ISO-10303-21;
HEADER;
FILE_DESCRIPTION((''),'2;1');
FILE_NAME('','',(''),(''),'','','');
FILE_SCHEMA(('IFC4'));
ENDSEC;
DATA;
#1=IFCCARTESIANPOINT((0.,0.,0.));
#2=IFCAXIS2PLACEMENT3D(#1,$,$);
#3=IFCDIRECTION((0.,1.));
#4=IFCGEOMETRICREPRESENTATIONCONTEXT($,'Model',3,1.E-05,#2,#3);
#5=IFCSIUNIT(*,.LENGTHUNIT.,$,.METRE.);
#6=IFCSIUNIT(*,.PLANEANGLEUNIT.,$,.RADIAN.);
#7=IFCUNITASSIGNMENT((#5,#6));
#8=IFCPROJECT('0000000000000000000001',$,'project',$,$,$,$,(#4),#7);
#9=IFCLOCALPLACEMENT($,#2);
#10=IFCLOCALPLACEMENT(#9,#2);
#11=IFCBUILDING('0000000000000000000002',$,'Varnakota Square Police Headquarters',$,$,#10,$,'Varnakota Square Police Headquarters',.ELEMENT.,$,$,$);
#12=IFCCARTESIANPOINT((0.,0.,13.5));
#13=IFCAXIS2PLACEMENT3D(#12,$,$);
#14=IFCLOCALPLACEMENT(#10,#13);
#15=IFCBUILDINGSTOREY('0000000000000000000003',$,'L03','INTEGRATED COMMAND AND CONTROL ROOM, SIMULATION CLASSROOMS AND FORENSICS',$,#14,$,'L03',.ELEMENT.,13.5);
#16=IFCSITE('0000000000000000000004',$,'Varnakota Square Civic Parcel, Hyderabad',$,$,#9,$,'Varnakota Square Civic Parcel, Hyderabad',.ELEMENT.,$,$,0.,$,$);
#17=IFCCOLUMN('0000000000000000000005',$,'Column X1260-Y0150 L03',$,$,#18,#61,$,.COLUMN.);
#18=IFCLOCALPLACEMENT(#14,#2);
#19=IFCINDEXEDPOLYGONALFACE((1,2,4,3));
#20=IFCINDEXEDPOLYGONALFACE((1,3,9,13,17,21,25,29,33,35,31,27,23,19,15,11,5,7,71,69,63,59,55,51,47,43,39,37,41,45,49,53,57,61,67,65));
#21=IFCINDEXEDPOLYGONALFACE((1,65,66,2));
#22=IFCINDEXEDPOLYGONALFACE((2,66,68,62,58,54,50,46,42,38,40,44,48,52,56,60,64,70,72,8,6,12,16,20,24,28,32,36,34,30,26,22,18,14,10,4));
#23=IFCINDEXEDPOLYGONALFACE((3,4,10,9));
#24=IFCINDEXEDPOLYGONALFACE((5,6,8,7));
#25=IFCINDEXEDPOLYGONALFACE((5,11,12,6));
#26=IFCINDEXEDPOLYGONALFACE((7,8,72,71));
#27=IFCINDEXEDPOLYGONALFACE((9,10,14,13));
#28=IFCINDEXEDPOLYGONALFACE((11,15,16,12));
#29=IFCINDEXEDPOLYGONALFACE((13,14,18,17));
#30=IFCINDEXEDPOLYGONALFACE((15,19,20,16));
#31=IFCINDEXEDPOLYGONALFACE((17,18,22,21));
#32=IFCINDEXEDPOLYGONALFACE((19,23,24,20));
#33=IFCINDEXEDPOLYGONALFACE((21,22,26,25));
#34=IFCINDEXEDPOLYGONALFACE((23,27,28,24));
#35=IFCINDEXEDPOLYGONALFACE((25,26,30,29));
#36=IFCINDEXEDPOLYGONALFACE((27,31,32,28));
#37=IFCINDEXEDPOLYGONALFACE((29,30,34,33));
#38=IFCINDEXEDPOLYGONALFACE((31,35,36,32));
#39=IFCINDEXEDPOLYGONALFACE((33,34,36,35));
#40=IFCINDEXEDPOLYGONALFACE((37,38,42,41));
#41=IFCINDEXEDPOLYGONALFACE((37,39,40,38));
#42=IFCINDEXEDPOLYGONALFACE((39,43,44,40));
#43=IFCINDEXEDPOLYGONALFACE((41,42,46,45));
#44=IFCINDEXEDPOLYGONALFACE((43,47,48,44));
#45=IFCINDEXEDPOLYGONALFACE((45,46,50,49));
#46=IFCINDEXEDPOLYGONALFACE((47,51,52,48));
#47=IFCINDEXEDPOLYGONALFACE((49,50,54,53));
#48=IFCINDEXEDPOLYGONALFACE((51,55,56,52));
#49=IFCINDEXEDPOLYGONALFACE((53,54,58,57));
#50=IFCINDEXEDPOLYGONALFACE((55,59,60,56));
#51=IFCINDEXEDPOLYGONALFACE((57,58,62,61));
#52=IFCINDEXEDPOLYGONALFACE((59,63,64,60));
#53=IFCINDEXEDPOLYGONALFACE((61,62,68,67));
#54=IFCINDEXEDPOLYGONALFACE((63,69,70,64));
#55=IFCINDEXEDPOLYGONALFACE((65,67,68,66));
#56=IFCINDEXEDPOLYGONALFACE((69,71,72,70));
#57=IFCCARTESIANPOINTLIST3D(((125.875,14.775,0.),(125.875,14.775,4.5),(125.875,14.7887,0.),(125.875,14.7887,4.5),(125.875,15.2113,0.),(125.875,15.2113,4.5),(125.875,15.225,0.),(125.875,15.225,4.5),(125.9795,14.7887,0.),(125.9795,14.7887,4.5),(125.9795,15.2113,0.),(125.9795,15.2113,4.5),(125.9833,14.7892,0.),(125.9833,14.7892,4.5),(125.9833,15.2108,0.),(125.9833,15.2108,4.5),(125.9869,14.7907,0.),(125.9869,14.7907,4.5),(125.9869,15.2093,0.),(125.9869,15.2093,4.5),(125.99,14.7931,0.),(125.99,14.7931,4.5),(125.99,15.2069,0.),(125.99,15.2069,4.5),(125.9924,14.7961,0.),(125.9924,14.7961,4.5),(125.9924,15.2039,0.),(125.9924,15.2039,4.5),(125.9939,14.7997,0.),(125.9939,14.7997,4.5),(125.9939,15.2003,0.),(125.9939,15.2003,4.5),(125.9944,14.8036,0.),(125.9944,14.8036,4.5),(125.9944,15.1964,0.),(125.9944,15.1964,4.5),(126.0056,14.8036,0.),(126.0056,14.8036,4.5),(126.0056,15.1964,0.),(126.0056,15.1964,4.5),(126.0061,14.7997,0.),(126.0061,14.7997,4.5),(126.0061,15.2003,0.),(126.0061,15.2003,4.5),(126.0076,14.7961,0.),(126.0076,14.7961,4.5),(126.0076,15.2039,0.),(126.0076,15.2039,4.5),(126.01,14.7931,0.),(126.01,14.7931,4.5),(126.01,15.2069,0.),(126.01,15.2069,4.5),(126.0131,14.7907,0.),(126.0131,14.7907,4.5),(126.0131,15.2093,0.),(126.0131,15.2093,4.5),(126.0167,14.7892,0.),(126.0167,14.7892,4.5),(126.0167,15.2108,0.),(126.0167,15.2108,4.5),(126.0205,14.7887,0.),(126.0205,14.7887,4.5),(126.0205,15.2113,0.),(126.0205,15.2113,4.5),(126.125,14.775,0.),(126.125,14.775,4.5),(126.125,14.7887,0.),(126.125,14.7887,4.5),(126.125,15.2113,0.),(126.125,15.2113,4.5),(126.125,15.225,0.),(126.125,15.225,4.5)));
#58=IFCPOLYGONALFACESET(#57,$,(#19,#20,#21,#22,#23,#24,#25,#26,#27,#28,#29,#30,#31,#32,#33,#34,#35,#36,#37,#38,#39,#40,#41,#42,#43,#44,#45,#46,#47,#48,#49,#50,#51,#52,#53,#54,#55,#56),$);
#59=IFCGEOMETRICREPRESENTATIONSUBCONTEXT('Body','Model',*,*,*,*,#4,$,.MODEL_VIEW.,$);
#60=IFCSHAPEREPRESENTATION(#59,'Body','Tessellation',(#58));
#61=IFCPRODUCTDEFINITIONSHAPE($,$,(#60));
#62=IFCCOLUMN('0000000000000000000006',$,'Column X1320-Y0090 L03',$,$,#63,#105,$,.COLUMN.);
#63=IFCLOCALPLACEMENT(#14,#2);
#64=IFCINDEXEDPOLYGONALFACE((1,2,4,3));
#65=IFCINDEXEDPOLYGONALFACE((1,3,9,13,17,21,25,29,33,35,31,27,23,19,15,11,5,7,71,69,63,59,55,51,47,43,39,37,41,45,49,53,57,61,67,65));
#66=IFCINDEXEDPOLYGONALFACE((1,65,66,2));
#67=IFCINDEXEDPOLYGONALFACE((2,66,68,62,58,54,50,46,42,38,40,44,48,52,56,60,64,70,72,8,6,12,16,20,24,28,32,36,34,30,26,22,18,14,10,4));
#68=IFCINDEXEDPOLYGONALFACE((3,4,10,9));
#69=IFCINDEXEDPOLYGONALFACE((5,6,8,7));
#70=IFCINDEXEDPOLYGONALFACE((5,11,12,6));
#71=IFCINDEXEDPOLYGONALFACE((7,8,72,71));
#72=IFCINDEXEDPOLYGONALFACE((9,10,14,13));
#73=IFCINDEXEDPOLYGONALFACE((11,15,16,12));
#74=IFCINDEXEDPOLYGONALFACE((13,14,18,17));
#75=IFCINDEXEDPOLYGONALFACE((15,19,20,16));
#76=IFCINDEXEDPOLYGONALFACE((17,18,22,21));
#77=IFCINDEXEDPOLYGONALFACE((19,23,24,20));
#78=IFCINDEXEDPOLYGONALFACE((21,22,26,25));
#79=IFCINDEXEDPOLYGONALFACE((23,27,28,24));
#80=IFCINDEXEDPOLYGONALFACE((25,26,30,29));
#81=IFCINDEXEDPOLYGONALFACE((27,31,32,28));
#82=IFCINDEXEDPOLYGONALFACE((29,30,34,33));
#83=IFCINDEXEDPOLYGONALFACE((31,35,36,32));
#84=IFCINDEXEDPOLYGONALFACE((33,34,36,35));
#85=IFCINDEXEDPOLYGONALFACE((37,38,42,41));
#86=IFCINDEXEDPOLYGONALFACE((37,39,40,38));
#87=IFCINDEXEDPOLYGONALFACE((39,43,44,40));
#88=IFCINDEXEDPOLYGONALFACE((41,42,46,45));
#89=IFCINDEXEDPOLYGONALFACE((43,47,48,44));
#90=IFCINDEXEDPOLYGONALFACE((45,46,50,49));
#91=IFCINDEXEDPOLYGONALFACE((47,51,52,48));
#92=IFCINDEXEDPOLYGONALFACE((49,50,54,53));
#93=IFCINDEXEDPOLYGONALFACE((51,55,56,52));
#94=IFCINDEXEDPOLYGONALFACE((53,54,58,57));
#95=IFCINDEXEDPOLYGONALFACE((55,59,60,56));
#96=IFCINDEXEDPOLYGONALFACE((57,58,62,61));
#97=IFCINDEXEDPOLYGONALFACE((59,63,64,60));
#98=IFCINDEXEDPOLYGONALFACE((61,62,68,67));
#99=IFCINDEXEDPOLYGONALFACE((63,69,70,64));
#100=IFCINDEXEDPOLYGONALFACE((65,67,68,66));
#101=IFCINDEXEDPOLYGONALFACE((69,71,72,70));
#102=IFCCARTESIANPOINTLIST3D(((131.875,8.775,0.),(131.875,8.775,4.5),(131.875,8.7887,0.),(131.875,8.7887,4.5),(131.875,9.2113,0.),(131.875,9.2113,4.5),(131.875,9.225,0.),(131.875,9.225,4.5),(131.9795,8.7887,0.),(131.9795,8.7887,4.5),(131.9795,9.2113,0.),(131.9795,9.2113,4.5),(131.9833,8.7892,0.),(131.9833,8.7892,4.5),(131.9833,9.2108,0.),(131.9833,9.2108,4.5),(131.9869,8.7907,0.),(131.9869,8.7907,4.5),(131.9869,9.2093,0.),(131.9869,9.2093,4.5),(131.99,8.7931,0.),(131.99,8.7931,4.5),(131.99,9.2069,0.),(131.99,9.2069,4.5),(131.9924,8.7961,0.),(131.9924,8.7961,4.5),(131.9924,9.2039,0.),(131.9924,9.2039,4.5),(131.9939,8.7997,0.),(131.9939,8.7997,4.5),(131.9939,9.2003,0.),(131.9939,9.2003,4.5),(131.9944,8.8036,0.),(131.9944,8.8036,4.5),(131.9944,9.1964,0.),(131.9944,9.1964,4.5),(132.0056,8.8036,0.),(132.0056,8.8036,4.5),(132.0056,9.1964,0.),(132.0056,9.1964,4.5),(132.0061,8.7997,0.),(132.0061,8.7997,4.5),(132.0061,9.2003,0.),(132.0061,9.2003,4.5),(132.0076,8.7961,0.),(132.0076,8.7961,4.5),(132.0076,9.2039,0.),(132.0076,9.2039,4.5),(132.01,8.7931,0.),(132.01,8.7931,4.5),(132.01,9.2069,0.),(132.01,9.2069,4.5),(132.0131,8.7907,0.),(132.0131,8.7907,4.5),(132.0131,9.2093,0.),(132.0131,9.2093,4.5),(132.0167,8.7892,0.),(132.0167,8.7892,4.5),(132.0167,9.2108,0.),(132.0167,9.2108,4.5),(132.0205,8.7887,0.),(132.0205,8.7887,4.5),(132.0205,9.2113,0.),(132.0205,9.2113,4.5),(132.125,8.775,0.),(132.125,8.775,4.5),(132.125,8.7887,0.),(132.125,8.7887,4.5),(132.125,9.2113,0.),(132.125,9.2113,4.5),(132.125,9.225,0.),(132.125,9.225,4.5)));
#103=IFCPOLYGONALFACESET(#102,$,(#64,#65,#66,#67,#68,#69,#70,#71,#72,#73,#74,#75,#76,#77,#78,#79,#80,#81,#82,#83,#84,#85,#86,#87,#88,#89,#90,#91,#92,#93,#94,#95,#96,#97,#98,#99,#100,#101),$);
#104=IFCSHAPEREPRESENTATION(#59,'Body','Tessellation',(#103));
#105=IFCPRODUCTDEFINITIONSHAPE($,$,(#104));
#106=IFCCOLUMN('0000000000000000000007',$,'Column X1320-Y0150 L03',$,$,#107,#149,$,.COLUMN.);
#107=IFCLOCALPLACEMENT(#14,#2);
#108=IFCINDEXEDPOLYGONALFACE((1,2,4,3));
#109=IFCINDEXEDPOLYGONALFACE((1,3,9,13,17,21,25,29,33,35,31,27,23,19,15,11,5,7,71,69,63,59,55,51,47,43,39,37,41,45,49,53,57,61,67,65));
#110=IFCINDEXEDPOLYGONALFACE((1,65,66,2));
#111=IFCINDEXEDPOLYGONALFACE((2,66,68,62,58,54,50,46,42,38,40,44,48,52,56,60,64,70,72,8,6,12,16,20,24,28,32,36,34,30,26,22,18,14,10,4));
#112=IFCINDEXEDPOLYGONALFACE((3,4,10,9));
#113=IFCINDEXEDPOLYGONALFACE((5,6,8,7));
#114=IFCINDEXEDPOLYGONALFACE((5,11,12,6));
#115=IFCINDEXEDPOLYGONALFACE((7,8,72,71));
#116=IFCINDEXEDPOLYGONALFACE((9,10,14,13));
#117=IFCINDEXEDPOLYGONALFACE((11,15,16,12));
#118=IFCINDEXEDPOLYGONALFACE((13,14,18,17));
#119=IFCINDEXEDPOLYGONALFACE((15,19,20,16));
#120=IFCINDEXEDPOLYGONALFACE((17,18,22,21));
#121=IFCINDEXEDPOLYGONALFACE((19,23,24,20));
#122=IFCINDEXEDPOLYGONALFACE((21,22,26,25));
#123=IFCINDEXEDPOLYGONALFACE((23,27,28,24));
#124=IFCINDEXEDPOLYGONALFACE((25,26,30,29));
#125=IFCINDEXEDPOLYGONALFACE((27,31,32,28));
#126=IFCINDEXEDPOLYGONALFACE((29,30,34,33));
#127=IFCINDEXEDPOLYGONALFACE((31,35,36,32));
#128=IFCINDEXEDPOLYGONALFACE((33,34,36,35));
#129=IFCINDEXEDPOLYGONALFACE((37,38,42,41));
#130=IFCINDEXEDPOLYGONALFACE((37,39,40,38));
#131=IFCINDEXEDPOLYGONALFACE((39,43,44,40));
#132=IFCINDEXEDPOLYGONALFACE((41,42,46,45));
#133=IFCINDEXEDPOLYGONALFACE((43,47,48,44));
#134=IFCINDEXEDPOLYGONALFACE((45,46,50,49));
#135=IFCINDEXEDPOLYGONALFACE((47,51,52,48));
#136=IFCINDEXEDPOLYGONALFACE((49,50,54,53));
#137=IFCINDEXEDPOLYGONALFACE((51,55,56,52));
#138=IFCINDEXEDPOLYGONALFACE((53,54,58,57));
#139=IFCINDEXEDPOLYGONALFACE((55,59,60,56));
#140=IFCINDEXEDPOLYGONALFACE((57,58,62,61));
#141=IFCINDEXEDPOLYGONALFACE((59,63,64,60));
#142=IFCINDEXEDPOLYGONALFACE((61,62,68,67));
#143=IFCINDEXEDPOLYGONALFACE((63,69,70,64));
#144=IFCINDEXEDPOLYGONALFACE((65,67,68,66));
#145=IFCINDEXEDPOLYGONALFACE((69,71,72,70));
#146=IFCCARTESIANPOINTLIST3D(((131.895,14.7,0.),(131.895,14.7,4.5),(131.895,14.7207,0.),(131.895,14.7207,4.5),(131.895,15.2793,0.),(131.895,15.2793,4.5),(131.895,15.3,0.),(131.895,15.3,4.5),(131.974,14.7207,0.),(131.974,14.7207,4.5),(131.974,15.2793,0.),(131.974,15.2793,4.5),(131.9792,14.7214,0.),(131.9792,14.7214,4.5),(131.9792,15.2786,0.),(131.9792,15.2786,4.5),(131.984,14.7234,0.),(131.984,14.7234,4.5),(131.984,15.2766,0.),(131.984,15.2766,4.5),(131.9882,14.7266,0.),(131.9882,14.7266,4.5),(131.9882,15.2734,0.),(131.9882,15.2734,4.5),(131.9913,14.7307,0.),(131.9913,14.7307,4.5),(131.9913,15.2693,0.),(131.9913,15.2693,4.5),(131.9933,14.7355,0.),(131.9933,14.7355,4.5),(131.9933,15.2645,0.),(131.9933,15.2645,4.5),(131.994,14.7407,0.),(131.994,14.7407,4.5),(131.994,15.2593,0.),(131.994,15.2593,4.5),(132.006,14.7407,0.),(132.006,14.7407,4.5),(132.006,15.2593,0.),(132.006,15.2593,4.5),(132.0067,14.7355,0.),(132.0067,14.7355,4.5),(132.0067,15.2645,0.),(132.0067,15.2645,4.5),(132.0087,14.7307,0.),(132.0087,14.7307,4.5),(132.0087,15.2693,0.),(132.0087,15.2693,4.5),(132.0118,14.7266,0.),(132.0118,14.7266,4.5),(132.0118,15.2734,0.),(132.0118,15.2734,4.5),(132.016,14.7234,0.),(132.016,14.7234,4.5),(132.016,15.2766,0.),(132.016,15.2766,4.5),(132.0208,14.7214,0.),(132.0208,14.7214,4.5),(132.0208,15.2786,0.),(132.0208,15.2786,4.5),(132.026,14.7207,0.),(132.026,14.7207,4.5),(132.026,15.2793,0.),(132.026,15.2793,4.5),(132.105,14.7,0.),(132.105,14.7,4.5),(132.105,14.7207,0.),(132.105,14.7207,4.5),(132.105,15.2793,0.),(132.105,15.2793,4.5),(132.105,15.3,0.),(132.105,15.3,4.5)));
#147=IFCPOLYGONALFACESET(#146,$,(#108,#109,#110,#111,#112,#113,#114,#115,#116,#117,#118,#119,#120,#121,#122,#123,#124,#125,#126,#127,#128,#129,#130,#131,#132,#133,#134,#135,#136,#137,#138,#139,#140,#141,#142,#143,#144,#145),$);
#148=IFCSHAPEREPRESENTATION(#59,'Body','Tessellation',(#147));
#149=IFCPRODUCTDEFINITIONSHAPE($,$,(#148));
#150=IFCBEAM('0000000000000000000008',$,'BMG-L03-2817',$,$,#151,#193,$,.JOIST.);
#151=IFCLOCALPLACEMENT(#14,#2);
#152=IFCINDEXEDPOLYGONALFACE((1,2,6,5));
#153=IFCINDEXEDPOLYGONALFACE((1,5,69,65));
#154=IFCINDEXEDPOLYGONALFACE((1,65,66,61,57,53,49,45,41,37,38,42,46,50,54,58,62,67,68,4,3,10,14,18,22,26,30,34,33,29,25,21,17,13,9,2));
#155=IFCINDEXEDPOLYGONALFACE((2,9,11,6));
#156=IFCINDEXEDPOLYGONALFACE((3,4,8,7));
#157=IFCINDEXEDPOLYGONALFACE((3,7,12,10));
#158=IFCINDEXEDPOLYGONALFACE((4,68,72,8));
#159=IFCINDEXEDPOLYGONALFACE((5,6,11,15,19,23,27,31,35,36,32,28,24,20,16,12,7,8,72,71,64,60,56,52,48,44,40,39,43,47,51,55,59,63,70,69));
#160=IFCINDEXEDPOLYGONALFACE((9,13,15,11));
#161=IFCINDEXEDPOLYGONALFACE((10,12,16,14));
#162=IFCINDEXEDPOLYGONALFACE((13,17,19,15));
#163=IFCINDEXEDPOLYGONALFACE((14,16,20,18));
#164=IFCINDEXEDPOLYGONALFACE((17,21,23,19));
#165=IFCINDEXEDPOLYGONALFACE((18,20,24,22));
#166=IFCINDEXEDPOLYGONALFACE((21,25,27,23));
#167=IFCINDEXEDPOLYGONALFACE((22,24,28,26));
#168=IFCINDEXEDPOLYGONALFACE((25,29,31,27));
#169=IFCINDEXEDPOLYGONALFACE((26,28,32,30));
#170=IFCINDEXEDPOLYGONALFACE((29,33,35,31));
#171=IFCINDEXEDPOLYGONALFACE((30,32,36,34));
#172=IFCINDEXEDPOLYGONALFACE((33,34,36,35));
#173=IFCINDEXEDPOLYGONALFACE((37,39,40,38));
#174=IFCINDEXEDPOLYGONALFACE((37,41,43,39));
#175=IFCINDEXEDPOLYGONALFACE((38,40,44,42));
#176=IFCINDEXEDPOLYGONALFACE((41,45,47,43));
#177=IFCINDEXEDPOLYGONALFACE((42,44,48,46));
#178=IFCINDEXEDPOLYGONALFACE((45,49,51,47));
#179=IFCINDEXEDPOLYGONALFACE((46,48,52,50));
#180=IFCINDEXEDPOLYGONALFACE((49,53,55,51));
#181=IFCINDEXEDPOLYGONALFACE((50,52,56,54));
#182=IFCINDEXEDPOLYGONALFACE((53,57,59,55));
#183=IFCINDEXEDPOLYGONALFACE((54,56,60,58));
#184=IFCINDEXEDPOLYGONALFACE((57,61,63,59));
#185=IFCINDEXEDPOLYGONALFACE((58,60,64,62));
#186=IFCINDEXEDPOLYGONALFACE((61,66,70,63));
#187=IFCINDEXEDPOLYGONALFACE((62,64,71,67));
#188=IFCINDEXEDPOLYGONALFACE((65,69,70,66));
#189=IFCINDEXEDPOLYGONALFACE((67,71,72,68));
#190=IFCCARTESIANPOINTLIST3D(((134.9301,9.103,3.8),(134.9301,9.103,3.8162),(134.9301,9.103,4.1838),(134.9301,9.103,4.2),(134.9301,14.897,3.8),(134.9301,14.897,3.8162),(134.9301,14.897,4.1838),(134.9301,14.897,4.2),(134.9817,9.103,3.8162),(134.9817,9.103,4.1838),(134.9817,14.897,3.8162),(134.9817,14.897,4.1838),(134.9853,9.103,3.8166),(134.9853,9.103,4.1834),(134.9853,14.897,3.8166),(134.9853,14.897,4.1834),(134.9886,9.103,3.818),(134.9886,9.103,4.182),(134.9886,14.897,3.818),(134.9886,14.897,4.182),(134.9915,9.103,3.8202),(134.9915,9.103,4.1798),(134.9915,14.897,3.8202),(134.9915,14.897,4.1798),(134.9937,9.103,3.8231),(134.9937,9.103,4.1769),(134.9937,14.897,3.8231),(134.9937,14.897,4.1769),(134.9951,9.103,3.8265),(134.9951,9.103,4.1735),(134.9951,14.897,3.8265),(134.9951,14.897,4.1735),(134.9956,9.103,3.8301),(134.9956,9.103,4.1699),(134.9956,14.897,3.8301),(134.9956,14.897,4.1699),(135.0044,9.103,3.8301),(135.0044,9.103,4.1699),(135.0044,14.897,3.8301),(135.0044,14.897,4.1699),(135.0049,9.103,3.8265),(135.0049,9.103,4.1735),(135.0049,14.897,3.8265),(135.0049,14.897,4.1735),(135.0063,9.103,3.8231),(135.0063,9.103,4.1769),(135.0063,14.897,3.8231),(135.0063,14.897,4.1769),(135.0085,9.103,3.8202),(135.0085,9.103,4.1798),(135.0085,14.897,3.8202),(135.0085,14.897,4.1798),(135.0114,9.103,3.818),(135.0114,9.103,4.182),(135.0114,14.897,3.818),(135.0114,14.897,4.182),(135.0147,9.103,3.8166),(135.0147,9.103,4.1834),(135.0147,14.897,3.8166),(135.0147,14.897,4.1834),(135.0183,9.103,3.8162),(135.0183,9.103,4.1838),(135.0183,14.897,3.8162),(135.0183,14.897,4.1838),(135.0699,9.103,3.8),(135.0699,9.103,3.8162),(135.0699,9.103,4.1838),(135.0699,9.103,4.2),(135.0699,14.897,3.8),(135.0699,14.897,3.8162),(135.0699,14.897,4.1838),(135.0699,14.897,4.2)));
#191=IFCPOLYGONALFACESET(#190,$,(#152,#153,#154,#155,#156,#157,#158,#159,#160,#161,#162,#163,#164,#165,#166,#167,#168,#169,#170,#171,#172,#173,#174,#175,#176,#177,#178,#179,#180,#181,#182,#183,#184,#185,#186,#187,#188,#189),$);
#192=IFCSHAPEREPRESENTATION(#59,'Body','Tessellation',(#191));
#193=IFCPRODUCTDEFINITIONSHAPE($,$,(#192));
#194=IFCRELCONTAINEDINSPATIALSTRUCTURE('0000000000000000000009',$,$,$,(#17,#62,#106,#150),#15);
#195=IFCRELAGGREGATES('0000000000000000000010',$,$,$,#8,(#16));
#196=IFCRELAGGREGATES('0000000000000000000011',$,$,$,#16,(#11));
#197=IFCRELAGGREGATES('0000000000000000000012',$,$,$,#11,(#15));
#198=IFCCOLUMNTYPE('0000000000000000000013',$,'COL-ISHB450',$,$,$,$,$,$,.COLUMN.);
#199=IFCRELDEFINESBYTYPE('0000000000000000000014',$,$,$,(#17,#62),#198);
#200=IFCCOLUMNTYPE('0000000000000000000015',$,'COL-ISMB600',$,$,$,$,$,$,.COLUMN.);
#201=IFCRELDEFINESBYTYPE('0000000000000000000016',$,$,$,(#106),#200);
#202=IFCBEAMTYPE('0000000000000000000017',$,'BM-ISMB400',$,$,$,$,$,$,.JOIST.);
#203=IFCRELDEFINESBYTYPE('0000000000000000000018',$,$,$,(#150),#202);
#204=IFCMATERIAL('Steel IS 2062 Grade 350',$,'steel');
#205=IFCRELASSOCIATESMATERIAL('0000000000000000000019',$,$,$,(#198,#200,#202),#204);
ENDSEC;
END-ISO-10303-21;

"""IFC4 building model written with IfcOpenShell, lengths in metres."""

from ifc_helpers import new_model, si_unit, direction, frame, origin, origin_2d, place, context, subcontext, project, spatial, i_section, extrude, material, material_profile, profile_set, type_object, element, save


model = new_model("IFC4")

# Units and contexts
model_context = context("Model", 3, precision=1e-05, world=origin(), true_north=direction((0.0, 1.0)))
body_context = subcontext(model_context, "Body", "Model", "MODEL_VIEW")
ifc_project = project(units=[si_unit("LENGTHUNIT", "METRE"), si_unit("PLANEANGLEUNIT", "RADIAN")], contexts=[model_context])

# Site, building, storey
site_placement = place(None, origin())
site = spatial("IfcSite", under=ifc_project, at=site_placement, Name="Varnakota Square Civic Parcel, Hyderabad", LongName="Varnakota Square Civic Parcel, Hyderabad", CompositionType="ELEMENT", RefElevation=0.0)
building_placement = place(site_placement, origin())
building = spatial("IfcBuilding", under=site, at=building_placement, Name="Varnakota Square Police Headquarters", LongName="Varnakota Square Police Headquarters", CompositionType="ELEMENT")
storey_placement = place(building_placement, frame((0.0, 0.0, 13.5)))
storey = spatial("IfcBuildingStorey", under=building, at=storey_placement, Name="L03", Description="INTEGRATED COMMAND AND CONTROL ROOM, SIMULATION CLASSROOMS AND FORENSICS", LongName="L03", CompositionType="ELEMENT", Elevation=13.5)

# Columns
ifc_material_1 = material(Name="Steel IS 2062 Grade 350", Category="steel")
ifc_material_profile_1 = material_profile(ifc_material_1, i_section(OverallWidth=0.25, OverallDepth=0.45, WebThickness=0.0112, FlangeThickness=0.0137, FilletRadius=0.0149, at=origin_2d()), Name="ISHB 450")
ifc_profile_set_1 = profile_set([ifc_material_profile_1], Name="Steel IS 2062 Grade 350")
column_type_1 = type_object("IfcColumnType", Name="COL-ISHB450", PredefinedType="COLUMN", material=ifc_profile_set_1)
for number, where, z_axis, x_axis, name in (
    (1, (126.0, 15.0, 0.0), (0.0, 0.0, 1.0), (1.0, 0.0, 0.0), "Column X1260-Y0150 L03"),
    (2, (132.0, 9.0, 0.0), (0.0, 0.0, 1.0), (1.0, 0.0, 0.0), "Column X1320-Y0090 L03"),
):
    element("IfcColumn", number, at=place(storey_placement, frame(where, z_axis=z_axis, x_axis=x_axis)), inside=storey, type_object=column_type_1, Name=name, PredefinedType="COLUMN", context=body_context, shape_type="SweptSolid", body=[
        extrude(i_section(OverallWidth=0.25, OverallDepth=0.45, WebThickness=0.0112, FlangeThickness=0.0137, FilletRadius=0.0149, at=origin_2d()), origin(), (0.0, 0.0, 1.0), 4.5),
    ])
ifc_material_profile_2 = material_profile(ifc_material_1, i_section(OverallWidth=0.21, OverallDepth=0.6001, WebThickness=0.012, FlangeThickness=0.0208, FilletRadius=0.02, at=origin_2d()), Name="ISMB 600")
ifc_profile_set_2 = profile_set([ifc_material_profile_2], Name="Steel IS 2062 Grade 350")
column_type_2 = type_object("IfcColumnType", Name="COL-ISMB600", PredefinedType="COLUMN", material=ifc_profile_set_2)
column_placement = place(storey_placement, frame((132.0, 15.0, 0.0), z_axis=(0.0, 0.0, 1.0), x_axis=(1.0, 0.0, 0.0)))
element("IfcColumn", 3, at=column_placement, inside=storey, type_object=column_type_2, Name="Column X1320-Y0150 L03", PredefinedType="COLUMN", context=body_context, shape_type="SweptSolid", body=[
    extrude(i_section(OverallWidth=0.21, OverallDepth=0.6001, WebThickness=0.012, FlangeThickness=0.0208, FilletRadius=0.02, at=origin_2d()), origin(), (0.0, 0.0, 1.0), 4.5),
])

# Beam
ifc_material_profile_3 = material_profile(ifc_material_1, i_section(OverallWidth=0.1399, OverallDepth=0.3999, WebThickness=0.0088, FlangeThickness=0.0161, FilletRadius=0.0139, at=origin_2d()), Name="ISMB 400")
ifc_profile_set_3 = profile_set([ifc_material_profile_3], Name="Steel IS 2062 Grade 350")
beam_type_1 = type_object("IfcBeamType", Name="BM-ISMB400", PredefinedType="JOIST", material=ifc_profile_set_3)
beam_1_placement = place(storey_placement, frame((135.0, 9.103, 4.0), z_axis=(0.0, 1.0, 0.0), x_axis=(-1.0, 0.0, 0.0)))
element("IfcBeam", 4, at=beam_1_placement, inside=storey, type_object=beam_type_1, Name="BMG-L03-2817", PredefinedType="JOIST", context=body_context, shape_type="SweptSolid", body=[
    extrude(i_section(OverallWidth=0.1399, OverallDepth=0.3999, WebThickness=0.0088, FlangeThickness=0.0161, FilletRadius=0.0139, at=origin_2d()), origin(), (0.0, 0.0, 1.0), 5.7939),
])

save(model, "model.ifc")
